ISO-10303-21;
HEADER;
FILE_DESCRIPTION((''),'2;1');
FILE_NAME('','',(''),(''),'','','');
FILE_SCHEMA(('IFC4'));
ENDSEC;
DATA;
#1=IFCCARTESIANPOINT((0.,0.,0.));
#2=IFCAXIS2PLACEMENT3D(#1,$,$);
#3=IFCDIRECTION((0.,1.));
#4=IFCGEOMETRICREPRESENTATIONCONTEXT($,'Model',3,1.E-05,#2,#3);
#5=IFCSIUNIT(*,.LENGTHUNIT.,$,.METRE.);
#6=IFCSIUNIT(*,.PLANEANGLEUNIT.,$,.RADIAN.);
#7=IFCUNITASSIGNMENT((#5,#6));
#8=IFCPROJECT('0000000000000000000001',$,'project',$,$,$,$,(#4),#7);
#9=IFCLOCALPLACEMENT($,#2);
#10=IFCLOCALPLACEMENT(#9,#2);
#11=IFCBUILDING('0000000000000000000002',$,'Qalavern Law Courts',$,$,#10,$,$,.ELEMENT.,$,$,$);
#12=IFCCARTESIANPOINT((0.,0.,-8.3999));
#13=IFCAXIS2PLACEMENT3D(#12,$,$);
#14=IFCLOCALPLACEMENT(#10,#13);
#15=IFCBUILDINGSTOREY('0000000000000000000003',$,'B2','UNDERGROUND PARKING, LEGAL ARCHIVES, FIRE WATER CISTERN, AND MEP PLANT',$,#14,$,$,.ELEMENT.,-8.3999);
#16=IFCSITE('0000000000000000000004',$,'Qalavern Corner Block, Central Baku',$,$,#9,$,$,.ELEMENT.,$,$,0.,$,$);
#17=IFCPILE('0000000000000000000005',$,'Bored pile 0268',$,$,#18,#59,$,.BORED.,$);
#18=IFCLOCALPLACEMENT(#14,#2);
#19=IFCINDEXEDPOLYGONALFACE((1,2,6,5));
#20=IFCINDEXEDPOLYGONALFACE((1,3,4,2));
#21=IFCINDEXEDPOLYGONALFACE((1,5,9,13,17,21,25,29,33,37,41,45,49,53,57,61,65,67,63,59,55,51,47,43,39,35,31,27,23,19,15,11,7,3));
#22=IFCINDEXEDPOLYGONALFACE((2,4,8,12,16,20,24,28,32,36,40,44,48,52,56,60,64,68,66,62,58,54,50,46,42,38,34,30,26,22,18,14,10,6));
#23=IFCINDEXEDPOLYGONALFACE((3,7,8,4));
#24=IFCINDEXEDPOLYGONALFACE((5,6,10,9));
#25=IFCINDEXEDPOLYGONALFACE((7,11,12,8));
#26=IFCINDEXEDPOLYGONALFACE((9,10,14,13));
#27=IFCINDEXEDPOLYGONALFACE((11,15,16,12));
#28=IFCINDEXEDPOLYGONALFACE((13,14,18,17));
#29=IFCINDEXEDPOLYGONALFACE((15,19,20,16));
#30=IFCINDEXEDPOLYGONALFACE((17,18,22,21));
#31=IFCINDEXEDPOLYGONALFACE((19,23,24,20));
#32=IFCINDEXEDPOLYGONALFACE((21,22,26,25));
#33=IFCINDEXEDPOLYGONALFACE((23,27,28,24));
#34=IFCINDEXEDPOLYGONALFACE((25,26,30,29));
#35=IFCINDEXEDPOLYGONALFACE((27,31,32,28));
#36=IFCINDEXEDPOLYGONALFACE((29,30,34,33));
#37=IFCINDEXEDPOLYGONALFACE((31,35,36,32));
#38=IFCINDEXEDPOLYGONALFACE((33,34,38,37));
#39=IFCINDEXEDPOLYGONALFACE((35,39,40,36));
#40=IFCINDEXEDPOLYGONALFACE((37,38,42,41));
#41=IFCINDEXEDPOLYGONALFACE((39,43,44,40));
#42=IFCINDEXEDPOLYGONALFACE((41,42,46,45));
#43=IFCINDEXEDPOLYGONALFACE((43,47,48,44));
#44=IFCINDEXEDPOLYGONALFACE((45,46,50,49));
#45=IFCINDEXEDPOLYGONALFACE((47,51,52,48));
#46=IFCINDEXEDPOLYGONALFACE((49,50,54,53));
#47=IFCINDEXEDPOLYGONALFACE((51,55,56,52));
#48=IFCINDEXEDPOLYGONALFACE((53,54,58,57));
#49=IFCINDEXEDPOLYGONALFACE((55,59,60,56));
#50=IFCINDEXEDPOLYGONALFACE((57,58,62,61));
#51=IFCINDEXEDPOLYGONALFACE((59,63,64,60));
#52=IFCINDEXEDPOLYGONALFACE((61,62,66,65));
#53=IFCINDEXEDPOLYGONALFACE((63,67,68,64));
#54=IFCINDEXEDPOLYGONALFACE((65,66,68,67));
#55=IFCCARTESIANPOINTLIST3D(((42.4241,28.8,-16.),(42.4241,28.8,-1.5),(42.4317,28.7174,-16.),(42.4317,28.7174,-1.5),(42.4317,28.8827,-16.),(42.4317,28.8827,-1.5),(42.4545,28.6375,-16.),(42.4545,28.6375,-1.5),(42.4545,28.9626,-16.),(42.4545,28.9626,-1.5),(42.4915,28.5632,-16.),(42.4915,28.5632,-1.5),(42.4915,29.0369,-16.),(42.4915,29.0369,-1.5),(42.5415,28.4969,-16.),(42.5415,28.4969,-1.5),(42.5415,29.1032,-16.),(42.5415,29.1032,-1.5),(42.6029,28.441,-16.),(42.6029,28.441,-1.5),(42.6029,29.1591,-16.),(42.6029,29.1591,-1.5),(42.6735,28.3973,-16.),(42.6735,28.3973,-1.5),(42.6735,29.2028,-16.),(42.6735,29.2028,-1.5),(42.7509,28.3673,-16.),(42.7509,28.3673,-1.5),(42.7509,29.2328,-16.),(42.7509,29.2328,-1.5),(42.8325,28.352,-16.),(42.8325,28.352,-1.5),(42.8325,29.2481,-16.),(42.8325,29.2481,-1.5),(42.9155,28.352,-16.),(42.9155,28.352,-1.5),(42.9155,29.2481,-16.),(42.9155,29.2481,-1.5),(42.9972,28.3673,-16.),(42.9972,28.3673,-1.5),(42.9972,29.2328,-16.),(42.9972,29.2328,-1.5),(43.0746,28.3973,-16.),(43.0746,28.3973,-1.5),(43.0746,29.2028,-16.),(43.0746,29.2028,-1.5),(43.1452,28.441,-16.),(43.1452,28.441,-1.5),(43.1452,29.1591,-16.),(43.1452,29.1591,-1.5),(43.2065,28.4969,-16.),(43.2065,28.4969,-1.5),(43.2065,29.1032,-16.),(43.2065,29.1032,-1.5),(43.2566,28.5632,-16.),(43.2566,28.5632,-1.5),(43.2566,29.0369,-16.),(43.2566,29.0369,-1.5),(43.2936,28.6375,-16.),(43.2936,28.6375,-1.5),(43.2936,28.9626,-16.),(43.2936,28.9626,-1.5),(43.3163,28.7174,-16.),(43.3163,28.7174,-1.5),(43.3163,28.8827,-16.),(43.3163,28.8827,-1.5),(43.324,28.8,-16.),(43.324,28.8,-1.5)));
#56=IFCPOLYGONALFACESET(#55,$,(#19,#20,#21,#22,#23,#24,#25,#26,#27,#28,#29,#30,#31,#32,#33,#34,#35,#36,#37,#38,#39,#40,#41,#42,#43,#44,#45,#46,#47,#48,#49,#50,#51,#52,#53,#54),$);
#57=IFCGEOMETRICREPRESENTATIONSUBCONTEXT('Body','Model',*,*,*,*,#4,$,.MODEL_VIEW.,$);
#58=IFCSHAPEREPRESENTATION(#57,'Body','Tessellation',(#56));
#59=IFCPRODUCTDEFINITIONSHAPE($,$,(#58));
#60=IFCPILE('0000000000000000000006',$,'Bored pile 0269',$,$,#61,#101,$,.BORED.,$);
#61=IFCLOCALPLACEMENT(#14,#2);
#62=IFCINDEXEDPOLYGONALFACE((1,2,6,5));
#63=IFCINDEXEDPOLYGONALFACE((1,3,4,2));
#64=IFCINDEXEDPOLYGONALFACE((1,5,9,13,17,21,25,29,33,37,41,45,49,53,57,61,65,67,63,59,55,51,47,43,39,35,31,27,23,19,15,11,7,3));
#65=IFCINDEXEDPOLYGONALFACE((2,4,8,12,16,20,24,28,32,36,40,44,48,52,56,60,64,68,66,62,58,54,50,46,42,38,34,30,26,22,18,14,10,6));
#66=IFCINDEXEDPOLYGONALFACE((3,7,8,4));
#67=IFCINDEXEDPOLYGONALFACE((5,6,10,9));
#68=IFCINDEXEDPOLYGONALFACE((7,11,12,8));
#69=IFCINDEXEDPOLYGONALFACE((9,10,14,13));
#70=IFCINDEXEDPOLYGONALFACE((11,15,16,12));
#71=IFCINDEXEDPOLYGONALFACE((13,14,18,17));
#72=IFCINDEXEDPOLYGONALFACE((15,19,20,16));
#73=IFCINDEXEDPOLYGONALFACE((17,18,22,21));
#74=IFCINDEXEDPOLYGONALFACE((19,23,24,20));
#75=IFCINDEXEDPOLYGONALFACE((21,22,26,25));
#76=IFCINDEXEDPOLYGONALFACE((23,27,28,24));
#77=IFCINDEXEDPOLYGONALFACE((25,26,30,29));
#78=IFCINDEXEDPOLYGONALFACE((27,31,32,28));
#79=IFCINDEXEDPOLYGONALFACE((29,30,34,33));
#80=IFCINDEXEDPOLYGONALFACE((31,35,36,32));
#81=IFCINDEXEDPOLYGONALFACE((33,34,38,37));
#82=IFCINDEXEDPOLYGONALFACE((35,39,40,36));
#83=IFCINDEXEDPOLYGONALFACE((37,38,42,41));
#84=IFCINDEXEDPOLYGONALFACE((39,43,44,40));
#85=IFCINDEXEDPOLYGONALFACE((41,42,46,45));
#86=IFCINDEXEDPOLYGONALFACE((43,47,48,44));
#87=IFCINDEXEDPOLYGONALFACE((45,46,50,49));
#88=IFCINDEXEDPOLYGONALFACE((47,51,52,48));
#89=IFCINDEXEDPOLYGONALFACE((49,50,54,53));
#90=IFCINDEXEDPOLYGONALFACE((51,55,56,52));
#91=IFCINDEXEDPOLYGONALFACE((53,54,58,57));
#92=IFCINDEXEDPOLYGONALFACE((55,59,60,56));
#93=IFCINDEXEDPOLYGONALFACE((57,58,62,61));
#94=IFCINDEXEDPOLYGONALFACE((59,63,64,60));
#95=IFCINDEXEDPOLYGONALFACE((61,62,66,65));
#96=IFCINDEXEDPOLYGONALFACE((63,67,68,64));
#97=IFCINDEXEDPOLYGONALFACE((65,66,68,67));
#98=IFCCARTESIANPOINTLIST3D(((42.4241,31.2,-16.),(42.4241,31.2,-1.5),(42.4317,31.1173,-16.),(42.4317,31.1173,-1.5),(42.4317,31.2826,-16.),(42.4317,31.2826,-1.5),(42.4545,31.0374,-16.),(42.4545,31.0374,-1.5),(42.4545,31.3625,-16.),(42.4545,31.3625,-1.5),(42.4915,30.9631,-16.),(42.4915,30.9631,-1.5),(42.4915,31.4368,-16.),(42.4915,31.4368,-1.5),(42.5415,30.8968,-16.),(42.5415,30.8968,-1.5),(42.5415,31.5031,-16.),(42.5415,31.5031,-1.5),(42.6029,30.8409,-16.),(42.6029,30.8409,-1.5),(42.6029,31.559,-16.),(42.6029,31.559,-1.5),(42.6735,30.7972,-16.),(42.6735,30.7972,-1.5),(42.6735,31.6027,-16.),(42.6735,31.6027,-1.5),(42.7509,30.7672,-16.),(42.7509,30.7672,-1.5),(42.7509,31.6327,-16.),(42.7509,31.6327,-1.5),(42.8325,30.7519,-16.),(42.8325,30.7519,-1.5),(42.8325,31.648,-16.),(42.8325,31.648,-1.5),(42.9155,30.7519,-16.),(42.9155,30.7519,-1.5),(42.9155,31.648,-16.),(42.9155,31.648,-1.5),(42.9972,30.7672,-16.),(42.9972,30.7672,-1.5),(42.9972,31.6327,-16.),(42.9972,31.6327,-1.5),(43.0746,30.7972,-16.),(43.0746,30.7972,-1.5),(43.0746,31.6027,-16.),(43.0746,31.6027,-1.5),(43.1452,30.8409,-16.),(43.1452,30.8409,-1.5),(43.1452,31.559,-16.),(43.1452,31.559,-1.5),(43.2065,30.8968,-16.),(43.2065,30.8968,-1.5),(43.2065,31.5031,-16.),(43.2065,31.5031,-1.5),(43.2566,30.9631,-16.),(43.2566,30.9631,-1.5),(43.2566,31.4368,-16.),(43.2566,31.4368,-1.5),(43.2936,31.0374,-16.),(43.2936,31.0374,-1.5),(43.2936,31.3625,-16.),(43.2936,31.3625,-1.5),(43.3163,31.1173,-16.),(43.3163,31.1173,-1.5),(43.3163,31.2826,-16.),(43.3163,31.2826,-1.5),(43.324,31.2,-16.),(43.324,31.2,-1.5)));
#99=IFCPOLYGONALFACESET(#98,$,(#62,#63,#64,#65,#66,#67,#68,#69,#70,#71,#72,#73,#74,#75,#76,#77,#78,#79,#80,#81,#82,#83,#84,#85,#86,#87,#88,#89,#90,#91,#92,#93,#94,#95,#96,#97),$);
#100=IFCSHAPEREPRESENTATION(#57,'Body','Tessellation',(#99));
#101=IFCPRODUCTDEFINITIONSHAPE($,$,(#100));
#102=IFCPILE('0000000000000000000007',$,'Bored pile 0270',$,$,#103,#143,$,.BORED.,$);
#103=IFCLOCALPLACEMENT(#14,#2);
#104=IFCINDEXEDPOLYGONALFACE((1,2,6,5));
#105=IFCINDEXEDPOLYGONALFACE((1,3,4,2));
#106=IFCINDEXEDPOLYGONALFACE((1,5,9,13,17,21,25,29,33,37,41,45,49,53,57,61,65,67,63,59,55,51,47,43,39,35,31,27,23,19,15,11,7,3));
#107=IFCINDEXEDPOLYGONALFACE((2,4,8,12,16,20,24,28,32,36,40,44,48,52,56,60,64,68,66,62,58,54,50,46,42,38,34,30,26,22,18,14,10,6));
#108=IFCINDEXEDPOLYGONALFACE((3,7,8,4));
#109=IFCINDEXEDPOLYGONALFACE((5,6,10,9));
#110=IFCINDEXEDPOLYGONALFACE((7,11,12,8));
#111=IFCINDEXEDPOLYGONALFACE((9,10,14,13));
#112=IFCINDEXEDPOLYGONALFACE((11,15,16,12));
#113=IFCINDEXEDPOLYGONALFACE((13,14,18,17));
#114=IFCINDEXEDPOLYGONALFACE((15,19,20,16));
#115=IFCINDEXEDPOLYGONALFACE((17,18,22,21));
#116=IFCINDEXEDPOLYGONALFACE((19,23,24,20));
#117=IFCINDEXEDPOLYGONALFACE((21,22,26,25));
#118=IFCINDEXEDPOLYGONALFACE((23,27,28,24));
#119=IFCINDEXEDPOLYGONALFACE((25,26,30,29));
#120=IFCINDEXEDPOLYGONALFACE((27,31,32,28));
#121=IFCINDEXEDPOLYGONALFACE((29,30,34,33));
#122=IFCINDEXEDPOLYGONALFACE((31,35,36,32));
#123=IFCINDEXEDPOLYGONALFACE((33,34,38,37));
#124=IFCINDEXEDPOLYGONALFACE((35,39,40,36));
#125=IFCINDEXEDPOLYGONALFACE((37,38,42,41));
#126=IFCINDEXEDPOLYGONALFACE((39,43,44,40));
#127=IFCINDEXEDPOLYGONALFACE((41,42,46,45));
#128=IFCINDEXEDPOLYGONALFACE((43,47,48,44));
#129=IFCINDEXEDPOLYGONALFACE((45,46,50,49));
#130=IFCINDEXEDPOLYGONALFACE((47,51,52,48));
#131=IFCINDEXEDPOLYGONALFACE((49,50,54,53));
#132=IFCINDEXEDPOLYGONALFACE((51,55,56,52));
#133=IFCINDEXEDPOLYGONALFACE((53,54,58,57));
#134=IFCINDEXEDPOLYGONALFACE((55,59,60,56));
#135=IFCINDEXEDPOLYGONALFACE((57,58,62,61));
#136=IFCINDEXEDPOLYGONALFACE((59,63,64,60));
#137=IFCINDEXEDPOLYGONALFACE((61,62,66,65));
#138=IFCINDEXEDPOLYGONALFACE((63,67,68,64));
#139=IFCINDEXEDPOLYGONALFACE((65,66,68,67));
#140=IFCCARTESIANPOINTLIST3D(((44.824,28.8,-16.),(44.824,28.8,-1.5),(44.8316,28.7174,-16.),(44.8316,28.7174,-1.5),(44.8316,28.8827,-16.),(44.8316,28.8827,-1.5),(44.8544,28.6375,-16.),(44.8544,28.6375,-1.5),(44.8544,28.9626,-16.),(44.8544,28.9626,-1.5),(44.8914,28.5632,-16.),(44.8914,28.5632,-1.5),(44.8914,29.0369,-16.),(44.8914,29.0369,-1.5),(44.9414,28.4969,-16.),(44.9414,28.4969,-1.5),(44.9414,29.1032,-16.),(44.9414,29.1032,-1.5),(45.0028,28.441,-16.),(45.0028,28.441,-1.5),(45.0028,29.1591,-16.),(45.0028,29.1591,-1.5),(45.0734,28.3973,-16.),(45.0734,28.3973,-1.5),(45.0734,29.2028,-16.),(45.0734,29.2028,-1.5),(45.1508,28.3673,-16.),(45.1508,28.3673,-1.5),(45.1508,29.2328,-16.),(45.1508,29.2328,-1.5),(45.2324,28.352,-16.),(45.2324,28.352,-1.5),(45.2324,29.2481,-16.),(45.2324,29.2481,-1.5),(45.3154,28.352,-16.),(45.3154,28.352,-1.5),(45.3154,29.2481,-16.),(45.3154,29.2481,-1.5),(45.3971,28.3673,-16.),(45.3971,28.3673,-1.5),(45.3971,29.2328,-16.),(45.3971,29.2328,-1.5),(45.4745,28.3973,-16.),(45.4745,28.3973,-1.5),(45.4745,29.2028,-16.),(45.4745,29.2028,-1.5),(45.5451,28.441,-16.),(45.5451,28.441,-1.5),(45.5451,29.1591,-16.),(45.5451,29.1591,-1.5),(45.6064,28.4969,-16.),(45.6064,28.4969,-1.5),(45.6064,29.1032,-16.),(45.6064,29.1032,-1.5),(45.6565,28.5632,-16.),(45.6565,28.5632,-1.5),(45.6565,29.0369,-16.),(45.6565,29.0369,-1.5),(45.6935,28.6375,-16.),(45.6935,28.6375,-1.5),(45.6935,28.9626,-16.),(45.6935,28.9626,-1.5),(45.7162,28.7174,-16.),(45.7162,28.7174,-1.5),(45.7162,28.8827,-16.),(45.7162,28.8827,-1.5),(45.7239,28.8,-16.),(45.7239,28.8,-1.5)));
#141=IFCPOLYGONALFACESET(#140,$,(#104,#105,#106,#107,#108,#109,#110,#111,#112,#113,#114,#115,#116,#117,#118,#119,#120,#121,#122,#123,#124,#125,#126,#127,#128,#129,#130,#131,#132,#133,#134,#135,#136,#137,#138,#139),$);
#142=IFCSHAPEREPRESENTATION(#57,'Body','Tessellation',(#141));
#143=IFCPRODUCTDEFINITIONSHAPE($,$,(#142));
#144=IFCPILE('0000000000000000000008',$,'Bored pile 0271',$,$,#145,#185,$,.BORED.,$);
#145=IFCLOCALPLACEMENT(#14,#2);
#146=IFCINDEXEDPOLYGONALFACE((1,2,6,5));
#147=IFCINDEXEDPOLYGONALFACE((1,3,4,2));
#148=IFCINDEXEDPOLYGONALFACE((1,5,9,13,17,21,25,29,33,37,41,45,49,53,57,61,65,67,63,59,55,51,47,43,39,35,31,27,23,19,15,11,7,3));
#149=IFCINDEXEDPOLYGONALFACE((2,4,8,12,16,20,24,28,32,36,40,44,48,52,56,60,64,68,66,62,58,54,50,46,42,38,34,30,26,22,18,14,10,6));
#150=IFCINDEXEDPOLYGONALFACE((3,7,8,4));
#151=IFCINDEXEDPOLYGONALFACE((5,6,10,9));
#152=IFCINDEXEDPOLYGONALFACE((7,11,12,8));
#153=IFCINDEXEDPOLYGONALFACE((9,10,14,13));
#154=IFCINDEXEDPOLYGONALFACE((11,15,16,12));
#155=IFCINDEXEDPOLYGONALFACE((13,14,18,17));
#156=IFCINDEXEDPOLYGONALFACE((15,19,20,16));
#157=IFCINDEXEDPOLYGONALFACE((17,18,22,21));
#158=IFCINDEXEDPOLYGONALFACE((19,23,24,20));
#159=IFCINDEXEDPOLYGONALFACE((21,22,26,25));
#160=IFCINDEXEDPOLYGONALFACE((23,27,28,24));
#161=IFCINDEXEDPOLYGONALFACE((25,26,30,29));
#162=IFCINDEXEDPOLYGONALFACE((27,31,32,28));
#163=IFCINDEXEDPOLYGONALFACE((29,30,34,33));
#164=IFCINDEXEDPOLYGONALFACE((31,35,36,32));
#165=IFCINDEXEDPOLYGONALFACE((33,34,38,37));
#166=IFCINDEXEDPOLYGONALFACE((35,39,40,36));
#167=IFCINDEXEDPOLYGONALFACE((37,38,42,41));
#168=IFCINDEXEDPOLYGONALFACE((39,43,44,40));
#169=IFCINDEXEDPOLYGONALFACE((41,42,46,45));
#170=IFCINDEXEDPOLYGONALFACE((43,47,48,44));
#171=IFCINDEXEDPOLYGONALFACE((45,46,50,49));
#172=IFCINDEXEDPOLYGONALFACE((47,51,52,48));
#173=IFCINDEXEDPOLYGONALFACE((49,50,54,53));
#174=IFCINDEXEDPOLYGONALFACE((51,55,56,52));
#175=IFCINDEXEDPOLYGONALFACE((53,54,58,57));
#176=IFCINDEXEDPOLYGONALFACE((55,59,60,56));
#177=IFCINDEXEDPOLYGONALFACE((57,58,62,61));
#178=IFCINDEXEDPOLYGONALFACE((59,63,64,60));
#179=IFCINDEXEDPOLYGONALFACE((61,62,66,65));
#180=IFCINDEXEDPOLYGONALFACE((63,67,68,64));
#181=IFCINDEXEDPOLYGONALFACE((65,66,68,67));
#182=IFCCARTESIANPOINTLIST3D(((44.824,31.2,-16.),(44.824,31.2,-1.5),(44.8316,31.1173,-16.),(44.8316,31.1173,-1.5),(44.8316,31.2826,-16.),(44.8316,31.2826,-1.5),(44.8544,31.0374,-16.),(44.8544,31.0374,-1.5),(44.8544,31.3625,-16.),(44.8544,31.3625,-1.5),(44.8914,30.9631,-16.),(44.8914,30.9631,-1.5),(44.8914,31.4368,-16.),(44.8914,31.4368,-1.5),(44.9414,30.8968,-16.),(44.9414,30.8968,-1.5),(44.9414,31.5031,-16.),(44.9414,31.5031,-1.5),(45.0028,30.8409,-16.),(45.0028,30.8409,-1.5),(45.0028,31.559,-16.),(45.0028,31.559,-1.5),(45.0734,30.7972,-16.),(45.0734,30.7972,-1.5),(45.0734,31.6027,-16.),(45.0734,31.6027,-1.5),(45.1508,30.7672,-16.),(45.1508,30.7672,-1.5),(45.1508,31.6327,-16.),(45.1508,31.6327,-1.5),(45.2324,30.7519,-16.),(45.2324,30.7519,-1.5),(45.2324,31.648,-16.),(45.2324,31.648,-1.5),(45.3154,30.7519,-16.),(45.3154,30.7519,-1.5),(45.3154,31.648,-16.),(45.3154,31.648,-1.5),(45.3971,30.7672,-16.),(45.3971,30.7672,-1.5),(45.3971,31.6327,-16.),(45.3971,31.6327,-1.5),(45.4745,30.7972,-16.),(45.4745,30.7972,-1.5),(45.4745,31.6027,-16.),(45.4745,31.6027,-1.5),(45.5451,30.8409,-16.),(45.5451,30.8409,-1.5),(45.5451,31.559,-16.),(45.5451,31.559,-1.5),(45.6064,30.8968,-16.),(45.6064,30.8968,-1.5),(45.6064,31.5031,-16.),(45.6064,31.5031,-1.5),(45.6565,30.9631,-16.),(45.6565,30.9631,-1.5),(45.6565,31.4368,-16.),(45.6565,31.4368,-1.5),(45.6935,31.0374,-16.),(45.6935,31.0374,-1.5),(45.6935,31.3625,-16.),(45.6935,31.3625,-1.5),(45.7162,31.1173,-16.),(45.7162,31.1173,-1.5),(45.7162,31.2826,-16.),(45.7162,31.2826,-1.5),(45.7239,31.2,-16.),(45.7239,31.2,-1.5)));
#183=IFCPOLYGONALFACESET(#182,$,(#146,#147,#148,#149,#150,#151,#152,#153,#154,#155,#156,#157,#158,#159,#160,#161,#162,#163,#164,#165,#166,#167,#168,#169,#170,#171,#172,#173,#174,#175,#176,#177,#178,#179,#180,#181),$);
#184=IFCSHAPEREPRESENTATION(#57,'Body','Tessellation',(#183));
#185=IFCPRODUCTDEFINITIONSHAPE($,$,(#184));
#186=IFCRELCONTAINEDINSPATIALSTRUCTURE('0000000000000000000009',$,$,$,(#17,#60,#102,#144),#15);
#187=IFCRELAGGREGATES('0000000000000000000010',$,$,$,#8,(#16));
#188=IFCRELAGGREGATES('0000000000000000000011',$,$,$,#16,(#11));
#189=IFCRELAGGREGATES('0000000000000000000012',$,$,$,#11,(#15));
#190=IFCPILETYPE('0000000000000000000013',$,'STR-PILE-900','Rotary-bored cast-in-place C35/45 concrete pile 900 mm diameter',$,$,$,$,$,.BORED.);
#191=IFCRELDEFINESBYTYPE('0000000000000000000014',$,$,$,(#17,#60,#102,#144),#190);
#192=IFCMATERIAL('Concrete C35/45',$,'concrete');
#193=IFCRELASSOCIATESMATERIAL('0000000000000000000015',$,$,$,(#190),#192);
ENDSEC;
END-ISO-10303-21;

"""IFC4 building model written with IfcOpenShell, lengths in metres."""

from ifc_helpers import new_model, si_unit, direction, frame, origin, origin_2d, place, context, subcontext, project, spatial, circle, extrude, material, material_profile, profile_set, type_object, element, save


model = new_model("IFC4")

# Units and contexts
model_context = context("Model", 3, precision=1e-05, world=origin(), true_north=direction((0.0, 1.0)))
body_context = subcontext(model_context, "Body", "Model", "MODEL_VIEW")
ifc_project = project(units=[si_unit("LENGTHUNIT", "METRE"), si_unit("PLANEANGLEUNIT", "RADIAN")], contexts=[model_context])

# Site, building, storey
site_placement = place(None, origin())
site = spatial("IfcSite", under=ifc_project, at=site_placement, Name="Qalavern Corner Block, Central Baku", CompositionType="ELEMENT", RefElevation=0.0)
building_placement = place(site_placement, origin())
building = spatial("IfcBuilding", under=site, at=building_placement, Name="Qalavern Law Courts", CompositionType="ELEMENT")
storey_placement = place(building_placement, frame((0.0, 0.0, -8.3999)))
storey = spatial("IfcBuildingStorey", under=building, at=storey_placement, Name="B2", Description="UNDERGROUND PARKING, LEGAL ARCHIVES, FIRE WATER CISTERN, AND MEP PLANT", CompositionType="ELEMENT", Elevation=-8.3999)

# Shared definitions
ifc_material_1 = material(Name="Concrete C35/45", Category="concrete")

# Piles
ifc_material_profile_1 = material_profile(ifc_material_1, circle(Radius=0.45, at=origin_2d()), Name="BORED PILE 900")
ifc_profile_set_1 = profile_set([ifc_material_profile_1], Name="Concrete C35/45")
pile_type_1 = type_object("IfcPileType", Name="STR-PILE-900", Description="Rotary-bored cast-in-place C35/45 concrete pile 900 mm diameter", PredefinedType="BORED", material=ifc_profile_set_1)
for number, where, z_axis, x_axis, name in (
    (1, (42.874, 28.8, -1.5), (0.0, 0.0, -1.0), (1.0, 0.0, 0.0), "Bored pile 0268"),
    (2, (42.874, 31.2, -1.5), (0.0, 0.0, -1.0), (1.0, 0.0, 0.0), "Bored pile 0269"),
    (3, (45.2739, 28.8, -1.5), (0.0, 0.0, -1.0), (1.0, 0.0, 0.0), "Bored pile 0270"),
    (4, (45.2739, 31.2, -1.5), (0.0, 0.0, -1.0), (1.0, 0.0, 0.0), "Bored pile 0271"),
):
    element("IfcPile", number, at=place(storey_placement, frame(where, z_axis=z_axis, x_axis=x_axis)), inside=storey, type_object=pile_type_1, Name=name, PredefinedType="BORED", context=body_context, shape_type="SweptSolid", body=[
        extrude(circle(Radius=0.45, at=origin_2d()), origin(), (0.0, 0.0, 1.0), 14.5),
    ])

save(model, "model.ifc")
